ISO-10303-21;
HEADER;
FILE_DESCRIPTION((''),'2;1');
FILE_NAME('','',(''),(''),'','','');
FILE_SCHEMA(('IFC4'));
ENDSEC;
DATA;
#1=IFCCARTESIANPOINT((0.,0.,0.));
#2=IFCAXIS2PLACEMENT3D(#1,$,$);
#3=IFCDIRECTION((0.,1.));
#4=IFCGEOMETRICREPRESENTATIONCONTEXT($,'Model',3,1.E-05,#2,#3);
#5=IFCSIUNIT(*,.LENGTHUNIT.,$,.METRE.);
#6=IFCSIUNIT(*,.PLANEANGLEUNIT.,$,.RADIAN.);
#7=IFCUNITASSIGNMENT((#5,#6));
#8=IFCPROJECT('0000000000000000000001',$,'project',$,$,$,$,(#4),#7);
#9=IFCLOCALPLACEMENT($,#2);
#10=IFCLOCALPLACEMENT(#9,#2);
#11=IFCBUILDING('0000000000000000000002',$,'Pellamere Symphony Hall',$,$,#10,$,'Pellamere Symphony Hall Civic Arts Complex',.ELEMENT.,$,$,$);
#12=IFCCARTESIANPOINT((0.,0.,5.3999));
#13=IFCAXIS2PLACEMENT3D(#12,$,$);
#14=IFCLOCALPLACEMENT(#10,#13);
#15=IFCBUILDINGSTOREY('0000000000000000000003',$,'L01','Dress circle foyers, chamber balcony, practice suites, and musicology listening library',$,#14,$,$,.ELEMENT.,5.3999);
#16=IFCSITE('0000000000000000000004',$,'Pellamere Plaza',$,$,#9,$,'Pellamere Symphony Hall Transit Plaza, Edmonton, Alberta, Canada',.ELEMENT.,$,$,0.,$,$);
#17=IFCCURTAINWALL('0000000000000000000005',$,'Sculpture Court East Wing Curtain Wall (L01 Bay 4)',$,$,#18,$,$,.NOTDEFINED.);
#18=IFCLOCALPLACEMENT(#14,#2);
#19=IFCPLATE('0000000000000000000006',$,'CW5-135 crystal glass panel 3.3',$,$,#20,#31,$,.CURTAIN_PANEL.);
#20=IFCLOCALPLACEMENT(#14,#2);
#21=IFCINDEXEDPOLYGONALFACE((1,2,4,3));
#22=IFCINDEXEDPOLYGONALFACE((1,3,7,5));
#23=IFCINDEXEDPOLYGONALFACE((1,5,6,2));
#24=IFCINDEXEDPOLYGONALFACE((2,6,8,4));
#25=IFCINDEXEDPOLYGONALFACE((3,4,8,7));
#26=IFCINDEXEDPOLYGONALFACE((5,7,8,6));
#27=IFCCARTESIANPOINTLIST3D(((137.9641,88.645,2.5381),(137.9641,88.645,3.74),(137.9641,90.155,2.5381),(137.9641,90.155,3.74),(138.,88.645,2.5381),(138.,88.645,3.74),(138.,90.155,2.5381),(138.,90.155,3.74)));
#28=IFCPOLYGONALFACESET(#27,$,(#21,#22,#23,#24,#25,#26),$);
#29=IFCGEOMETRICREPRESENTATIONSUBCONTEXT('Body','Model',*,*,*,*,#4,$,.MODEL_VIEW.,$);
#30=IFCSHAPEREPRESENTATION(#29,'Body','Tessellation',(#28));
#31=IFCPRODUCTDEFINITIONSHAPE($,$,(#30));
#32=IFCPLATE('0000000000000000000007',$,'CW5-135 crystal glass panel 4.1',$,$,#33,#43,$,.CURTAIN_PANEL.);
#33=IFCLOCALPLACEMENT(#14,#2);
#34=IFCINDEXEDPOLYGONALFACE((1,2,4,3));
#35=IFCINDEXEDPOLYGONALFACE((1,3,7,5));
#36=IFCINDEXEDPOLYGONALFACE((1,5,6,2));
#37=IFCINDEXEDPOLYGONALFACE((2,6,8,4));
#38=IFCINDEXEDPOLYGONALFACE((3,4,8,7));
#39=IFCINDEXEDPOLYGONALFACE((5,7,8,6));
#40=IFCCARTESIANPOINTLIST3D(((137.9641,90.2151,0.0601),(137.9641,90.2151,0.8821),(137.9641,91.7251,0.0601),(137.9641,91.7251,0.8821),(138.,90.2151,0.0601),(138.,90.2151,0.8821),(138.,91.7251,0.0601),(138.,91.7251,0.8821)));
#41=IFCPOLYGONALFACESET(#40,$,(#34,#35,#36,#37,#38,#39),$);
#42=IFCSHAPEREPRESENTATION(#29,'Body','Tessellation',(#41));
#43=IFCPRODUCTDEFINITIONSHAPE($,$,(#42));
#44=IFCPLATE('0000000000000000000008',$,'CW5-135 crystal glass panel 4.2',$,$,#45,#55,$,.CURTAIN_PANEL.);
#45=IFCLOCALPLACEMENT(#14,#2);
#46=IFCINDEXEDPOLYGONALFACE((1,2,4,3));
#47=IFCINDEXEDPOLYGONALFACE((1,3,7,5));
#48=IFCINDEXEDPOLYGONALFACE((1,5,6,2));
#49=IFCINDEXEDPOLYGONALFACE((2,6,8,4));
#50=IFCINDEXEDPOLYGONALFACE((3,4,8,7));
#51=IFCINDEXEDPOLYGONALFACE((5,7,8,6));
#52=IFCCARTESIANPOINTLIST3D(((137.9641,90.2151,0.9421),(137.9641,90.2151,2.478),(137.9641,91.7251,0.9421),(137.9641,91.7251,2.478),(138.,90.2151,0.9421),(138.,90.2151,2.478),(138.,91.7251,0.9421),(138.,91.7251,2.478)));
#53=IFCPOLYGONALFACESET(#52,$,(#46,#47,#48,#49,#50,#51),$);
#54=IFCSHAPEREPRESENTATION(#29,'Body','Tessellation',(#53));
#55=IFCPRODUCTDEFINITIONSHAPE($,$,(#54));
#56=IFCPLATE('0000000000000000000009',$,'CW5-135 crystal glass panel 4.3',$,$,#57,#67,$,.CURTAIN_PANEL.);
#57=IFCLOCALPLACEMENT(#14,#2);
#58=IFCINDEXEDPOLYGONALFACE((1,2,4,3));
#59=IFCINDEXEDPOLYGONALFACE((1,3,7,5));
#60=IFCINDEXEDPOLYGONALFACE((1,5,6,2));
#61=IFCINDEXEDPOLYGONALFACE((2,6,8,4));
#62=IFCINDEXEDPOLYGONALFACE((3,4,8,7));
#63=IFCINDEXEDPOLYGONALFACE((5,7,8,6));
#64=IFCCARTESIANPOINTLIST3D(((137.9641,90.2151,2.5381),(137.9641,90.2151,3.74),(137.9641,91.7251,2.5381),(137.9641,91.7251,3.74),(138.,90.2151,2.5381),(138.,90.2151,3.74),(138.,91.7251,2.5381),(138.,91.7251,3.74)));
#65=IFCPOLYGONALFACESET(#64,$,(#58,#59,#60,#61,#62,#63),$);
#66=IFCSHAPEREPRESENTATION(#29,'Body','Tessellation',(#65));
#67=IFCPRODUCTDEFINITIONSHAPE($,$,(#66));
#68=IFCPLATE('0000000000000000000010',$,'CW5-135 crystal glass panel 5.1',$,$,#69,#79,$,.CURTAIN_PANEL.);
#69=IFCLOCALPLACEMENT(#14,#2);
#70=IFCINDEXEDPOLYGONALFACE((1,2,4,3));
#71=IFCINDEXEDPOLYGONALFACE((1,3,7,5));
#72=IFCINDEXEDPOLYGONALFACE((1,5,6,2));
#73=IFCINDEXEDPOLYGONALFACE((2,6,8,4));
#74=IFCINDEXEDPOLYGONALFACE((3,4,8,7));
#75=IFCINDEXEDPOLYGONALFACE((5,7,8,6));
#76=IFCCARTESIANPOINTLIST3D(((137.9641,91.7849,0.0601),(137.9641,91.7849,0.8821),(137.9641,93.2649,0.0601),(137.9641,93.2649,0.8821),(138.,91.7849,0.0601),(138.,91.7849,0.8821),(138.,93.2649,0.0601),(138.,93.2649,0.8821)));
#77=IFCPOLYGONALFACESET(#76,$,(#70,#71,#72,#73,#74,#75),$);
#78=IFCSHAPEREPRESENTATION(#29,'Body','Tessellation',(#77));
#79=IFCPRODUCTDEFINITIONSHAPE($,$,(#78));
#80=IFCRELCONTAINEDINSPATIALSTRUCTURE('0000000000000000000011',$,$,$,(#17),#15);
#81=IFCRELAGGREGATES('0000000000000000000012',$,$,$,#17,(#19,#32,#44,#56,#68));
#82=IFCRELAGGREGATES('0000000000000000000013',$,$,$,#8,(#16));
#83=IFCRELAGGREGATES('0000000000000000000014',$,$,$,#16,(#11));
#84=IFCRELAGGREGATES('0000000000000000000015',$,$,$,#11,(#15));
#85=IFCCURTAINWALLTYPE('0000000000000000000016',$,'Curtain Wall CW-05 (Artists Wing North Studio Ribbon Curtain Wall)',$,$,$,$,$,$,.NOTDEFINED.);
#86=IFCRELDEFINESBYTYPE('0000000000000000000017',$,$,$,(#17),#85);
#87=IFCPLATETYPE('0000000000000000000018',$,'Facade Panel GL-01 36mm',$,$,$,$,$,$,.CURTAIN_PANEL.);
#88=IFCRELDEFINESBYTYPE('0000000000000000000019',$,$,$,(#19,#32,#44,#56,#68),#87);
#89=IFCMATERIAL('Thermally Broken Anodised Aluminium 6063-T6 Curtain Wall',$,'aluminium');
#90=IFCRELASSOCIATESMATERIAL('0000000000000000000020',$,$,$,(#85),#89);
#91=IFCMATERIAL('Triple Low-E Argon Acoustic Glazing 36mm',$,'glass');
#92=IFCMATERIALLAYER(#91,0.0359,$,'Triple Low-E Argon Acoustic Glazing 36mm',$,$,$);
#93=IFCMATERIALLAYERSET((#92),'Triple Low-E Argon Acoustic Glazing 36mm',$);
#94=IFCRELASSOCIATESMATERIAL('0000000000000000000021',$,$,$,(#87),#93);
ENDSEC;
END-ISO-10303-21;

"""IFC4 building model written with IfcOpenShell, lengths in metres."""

from ifc_helpers import new_model, si_unit, direction, frame, origin, place, context, subcontext, project, spatial, polyline, outline, extrude, material, layer, layer_set, type_object, element, aggregate, save


model = new_model("IFC4")

# Units and contexts
model_context = context("Model", 3, precision=1e-05, world=origin(), true_north=direction((0.0, 1.0)))
body_context = subcontext(model_context, "Body", "Model", "MODEL_VIEW")
ifc_project = project(units=[si_unit("LENGTHUNIT", "METRE"), si_unit("PLANEANGLEUNIT", "RADIAN")], contexts=[model_context])

# Site, building, storey
site_placement = place(None, origin())
site = spatial("IfcSite", under=ifc_project, at=site_placement, Name="Pellamere Plaza", LongName="Pellamere Symphony Hall Transit Plaza, Edmonton, Alberta, Canada", CompositionType="ELEMENT", RefElevation=0.0)
building_placement = place(site_placement, origin())
building = spatial("IfcBuilding", under=site, at=building_placement, Name="Pellamere Symphony Hall", LongName="Pellamere Symphony Hall Civic Arts Complex", CompositionType="ELEMENT")
storey_placement = place(building_placement, frame((0.0, 0.0, 5.3999)))
storey = spatial("IfcBuildingStorey", under=building, at=storey_placement, Name="L01", Description="Dress circle foyers, chamber balcony, practice suites, and musicology listening library", CompositionType="ELEMENT", Elevation=5.3999)

# Curtain wall
ifc_material_1 = material(Name="Thermally Broken Anodised Aluminium 6063-T6 Curtain Wall", Category="aluminium")
curtain_wall_type = type_object("IfcCurtainWallType", Name="Curtain Wall CW-05 (Artists Wing North Studio Ribbon Curtain Wall)", PredefinedType="NOTDEFINED", material=ifc_material_1)
curtain_wall_placement = place(storey_placement, origin())
curtain_wall = element("IfcCurtainWall", 1, at=curtain_wall_placement, inside=storey, type_object=curtain_wall_type, Name="Sculpture Court East Wing Curtain Wall (L01 Bay 4)", PredefinedType="NOTDEFINED")

# Plates
ifc_material_2 = material(Name="Triple Low-E Argon Acoustic Glazing 36mm", Category="glass")
ifc_layer = layer(ifc_material_2, 0.0359, Name="Triple Low-E Argon Acoustic Glazing 36mm")
ifc_layer_set = layer_set([ifc_layer], Name="Triple Low-E Argon Acoustic Glazing 36mm")
plate_type = type_object("IfcPlateType", Name="Facade Panel GL-01 36mm", PredefinedType="CURTAIN_PANEL", material=ifc_layer_set)
plate_1_placement = place(storey_placement, frame((138.0, 88.645, 2.5381), z_axis=(1.0, 0.0, 0.0), x_axis=(0.0, 1.0, 0.0)))
plate_1 = element("IfcPlate", 2, at=plate_1_placement, type_object=plate_type, Name="CW5-135 crystal glass panel 3.3", PredefinedType="CURTAIN_PANEL", context=body_context, shape_type="SweptSolid", body=[
    extrude(outline(polyline([(0.0, 0.0), (1.51, 0.0), (1.51, 1.2019), (0.0, 1.2019), (0.0, 0.0)])), origin(), (0.0, 0.0, -1.0), 0.0359),
])
plate_2_placement = place(storey_placement, frame((138.0, 90.2151, 0.0601), z_axis=(1.0, 0.0, 0.0), x_axis=(0.0, 1.0, 0.0)))
plate_2 = element("IfcPlate", 3, at=plate_2_placement, type_object=plate_type, Name="CW5-135 crystal glass panel 4.1", PredefinedType="CURTAIN_PANEL", context=body_context, shape_type="SweptSolid", body=[
    extrude(outline(polyline([(0.0, 0.0), (1.51, 0.0), (1.51, 0.822), (0.0, 0.822), (0.0, 0.0)])), origin(), (0.0, 0.0, -1.0), 0.0359),
])
plate_3_placement = place(storey_placement, frame((138.0, 90.2151, 0.9421), z_axis=(1.0, 0.0, 0.0), x_axis=(0.0, 1.0, 0.0)))
plate_3 = element("IfcPlate", 4, at=plate_3_placement, type_object=plate_type, Name="CW5-135 crystal glass panel 4.2", PredefinedType="CURTAIN_PANEL", context=body_context, shape_type="SweptSolid", body=[
    extrude(outline(polyline([(0.0, 0.0), (1.51, 0.0), (1.51, 1.5359), (0.0, 1.5359), (0.0, 0.0)])), origin(), (0.0, 0.0, -1.0), 0.0359),
])
plate_4_placement = place(storey_placement, frame((138.0, 90.2151, 2.5381), z_axis=(1.0, 0.0, 0.0), x_axis=(0.0, 1.0, 0.0)))
plate_4 = element("IfcPlate", 5, at=plate_4_placement, type_object=plate_type, Name="CW5-135 crystal glass panel 4.3", PredefinedType="CURTAIN_PANEL", context=body_context, shape_type="SweptSolid", body=[
    extrude(outline(polyline([(0.0, 0.0), (1.51, 0.0), (1.51, 1.2019), (0.0, 1.2019), (0.0, 0.0)])), origin(), (0.0, 0.0, -1.0), 0.0359),
])
plate_5_placement = place(storey_placement, frame((138.0, 91.7849, 0.0601), z_axis=(1.0, 0.0, 0.0), x_axis=(0.0, 1.0, 0.0)))
plate_5 = element("IfcPlate", 6, at=plate_5_placement, type_object=plate_type, Name="CW5-135 crystal glass panel 5.1", PredefinedType="CURTAIN_PANEL", context=body_context, shape_type="SweptSolid", body=[
    extrude(outline(polyline([(0.0, 0.0), (1.48, 0.0), (1.48, 0.822), (0.0, 0.822), (0.0, 0.0)])), origin(), (0.0, 0.0, -1.0), 0.0359),
])
aggregate(curtain_wall, [plate_1, plate_2, plate_3, plate_4, plate_5])

save(model, "model.ifc")
